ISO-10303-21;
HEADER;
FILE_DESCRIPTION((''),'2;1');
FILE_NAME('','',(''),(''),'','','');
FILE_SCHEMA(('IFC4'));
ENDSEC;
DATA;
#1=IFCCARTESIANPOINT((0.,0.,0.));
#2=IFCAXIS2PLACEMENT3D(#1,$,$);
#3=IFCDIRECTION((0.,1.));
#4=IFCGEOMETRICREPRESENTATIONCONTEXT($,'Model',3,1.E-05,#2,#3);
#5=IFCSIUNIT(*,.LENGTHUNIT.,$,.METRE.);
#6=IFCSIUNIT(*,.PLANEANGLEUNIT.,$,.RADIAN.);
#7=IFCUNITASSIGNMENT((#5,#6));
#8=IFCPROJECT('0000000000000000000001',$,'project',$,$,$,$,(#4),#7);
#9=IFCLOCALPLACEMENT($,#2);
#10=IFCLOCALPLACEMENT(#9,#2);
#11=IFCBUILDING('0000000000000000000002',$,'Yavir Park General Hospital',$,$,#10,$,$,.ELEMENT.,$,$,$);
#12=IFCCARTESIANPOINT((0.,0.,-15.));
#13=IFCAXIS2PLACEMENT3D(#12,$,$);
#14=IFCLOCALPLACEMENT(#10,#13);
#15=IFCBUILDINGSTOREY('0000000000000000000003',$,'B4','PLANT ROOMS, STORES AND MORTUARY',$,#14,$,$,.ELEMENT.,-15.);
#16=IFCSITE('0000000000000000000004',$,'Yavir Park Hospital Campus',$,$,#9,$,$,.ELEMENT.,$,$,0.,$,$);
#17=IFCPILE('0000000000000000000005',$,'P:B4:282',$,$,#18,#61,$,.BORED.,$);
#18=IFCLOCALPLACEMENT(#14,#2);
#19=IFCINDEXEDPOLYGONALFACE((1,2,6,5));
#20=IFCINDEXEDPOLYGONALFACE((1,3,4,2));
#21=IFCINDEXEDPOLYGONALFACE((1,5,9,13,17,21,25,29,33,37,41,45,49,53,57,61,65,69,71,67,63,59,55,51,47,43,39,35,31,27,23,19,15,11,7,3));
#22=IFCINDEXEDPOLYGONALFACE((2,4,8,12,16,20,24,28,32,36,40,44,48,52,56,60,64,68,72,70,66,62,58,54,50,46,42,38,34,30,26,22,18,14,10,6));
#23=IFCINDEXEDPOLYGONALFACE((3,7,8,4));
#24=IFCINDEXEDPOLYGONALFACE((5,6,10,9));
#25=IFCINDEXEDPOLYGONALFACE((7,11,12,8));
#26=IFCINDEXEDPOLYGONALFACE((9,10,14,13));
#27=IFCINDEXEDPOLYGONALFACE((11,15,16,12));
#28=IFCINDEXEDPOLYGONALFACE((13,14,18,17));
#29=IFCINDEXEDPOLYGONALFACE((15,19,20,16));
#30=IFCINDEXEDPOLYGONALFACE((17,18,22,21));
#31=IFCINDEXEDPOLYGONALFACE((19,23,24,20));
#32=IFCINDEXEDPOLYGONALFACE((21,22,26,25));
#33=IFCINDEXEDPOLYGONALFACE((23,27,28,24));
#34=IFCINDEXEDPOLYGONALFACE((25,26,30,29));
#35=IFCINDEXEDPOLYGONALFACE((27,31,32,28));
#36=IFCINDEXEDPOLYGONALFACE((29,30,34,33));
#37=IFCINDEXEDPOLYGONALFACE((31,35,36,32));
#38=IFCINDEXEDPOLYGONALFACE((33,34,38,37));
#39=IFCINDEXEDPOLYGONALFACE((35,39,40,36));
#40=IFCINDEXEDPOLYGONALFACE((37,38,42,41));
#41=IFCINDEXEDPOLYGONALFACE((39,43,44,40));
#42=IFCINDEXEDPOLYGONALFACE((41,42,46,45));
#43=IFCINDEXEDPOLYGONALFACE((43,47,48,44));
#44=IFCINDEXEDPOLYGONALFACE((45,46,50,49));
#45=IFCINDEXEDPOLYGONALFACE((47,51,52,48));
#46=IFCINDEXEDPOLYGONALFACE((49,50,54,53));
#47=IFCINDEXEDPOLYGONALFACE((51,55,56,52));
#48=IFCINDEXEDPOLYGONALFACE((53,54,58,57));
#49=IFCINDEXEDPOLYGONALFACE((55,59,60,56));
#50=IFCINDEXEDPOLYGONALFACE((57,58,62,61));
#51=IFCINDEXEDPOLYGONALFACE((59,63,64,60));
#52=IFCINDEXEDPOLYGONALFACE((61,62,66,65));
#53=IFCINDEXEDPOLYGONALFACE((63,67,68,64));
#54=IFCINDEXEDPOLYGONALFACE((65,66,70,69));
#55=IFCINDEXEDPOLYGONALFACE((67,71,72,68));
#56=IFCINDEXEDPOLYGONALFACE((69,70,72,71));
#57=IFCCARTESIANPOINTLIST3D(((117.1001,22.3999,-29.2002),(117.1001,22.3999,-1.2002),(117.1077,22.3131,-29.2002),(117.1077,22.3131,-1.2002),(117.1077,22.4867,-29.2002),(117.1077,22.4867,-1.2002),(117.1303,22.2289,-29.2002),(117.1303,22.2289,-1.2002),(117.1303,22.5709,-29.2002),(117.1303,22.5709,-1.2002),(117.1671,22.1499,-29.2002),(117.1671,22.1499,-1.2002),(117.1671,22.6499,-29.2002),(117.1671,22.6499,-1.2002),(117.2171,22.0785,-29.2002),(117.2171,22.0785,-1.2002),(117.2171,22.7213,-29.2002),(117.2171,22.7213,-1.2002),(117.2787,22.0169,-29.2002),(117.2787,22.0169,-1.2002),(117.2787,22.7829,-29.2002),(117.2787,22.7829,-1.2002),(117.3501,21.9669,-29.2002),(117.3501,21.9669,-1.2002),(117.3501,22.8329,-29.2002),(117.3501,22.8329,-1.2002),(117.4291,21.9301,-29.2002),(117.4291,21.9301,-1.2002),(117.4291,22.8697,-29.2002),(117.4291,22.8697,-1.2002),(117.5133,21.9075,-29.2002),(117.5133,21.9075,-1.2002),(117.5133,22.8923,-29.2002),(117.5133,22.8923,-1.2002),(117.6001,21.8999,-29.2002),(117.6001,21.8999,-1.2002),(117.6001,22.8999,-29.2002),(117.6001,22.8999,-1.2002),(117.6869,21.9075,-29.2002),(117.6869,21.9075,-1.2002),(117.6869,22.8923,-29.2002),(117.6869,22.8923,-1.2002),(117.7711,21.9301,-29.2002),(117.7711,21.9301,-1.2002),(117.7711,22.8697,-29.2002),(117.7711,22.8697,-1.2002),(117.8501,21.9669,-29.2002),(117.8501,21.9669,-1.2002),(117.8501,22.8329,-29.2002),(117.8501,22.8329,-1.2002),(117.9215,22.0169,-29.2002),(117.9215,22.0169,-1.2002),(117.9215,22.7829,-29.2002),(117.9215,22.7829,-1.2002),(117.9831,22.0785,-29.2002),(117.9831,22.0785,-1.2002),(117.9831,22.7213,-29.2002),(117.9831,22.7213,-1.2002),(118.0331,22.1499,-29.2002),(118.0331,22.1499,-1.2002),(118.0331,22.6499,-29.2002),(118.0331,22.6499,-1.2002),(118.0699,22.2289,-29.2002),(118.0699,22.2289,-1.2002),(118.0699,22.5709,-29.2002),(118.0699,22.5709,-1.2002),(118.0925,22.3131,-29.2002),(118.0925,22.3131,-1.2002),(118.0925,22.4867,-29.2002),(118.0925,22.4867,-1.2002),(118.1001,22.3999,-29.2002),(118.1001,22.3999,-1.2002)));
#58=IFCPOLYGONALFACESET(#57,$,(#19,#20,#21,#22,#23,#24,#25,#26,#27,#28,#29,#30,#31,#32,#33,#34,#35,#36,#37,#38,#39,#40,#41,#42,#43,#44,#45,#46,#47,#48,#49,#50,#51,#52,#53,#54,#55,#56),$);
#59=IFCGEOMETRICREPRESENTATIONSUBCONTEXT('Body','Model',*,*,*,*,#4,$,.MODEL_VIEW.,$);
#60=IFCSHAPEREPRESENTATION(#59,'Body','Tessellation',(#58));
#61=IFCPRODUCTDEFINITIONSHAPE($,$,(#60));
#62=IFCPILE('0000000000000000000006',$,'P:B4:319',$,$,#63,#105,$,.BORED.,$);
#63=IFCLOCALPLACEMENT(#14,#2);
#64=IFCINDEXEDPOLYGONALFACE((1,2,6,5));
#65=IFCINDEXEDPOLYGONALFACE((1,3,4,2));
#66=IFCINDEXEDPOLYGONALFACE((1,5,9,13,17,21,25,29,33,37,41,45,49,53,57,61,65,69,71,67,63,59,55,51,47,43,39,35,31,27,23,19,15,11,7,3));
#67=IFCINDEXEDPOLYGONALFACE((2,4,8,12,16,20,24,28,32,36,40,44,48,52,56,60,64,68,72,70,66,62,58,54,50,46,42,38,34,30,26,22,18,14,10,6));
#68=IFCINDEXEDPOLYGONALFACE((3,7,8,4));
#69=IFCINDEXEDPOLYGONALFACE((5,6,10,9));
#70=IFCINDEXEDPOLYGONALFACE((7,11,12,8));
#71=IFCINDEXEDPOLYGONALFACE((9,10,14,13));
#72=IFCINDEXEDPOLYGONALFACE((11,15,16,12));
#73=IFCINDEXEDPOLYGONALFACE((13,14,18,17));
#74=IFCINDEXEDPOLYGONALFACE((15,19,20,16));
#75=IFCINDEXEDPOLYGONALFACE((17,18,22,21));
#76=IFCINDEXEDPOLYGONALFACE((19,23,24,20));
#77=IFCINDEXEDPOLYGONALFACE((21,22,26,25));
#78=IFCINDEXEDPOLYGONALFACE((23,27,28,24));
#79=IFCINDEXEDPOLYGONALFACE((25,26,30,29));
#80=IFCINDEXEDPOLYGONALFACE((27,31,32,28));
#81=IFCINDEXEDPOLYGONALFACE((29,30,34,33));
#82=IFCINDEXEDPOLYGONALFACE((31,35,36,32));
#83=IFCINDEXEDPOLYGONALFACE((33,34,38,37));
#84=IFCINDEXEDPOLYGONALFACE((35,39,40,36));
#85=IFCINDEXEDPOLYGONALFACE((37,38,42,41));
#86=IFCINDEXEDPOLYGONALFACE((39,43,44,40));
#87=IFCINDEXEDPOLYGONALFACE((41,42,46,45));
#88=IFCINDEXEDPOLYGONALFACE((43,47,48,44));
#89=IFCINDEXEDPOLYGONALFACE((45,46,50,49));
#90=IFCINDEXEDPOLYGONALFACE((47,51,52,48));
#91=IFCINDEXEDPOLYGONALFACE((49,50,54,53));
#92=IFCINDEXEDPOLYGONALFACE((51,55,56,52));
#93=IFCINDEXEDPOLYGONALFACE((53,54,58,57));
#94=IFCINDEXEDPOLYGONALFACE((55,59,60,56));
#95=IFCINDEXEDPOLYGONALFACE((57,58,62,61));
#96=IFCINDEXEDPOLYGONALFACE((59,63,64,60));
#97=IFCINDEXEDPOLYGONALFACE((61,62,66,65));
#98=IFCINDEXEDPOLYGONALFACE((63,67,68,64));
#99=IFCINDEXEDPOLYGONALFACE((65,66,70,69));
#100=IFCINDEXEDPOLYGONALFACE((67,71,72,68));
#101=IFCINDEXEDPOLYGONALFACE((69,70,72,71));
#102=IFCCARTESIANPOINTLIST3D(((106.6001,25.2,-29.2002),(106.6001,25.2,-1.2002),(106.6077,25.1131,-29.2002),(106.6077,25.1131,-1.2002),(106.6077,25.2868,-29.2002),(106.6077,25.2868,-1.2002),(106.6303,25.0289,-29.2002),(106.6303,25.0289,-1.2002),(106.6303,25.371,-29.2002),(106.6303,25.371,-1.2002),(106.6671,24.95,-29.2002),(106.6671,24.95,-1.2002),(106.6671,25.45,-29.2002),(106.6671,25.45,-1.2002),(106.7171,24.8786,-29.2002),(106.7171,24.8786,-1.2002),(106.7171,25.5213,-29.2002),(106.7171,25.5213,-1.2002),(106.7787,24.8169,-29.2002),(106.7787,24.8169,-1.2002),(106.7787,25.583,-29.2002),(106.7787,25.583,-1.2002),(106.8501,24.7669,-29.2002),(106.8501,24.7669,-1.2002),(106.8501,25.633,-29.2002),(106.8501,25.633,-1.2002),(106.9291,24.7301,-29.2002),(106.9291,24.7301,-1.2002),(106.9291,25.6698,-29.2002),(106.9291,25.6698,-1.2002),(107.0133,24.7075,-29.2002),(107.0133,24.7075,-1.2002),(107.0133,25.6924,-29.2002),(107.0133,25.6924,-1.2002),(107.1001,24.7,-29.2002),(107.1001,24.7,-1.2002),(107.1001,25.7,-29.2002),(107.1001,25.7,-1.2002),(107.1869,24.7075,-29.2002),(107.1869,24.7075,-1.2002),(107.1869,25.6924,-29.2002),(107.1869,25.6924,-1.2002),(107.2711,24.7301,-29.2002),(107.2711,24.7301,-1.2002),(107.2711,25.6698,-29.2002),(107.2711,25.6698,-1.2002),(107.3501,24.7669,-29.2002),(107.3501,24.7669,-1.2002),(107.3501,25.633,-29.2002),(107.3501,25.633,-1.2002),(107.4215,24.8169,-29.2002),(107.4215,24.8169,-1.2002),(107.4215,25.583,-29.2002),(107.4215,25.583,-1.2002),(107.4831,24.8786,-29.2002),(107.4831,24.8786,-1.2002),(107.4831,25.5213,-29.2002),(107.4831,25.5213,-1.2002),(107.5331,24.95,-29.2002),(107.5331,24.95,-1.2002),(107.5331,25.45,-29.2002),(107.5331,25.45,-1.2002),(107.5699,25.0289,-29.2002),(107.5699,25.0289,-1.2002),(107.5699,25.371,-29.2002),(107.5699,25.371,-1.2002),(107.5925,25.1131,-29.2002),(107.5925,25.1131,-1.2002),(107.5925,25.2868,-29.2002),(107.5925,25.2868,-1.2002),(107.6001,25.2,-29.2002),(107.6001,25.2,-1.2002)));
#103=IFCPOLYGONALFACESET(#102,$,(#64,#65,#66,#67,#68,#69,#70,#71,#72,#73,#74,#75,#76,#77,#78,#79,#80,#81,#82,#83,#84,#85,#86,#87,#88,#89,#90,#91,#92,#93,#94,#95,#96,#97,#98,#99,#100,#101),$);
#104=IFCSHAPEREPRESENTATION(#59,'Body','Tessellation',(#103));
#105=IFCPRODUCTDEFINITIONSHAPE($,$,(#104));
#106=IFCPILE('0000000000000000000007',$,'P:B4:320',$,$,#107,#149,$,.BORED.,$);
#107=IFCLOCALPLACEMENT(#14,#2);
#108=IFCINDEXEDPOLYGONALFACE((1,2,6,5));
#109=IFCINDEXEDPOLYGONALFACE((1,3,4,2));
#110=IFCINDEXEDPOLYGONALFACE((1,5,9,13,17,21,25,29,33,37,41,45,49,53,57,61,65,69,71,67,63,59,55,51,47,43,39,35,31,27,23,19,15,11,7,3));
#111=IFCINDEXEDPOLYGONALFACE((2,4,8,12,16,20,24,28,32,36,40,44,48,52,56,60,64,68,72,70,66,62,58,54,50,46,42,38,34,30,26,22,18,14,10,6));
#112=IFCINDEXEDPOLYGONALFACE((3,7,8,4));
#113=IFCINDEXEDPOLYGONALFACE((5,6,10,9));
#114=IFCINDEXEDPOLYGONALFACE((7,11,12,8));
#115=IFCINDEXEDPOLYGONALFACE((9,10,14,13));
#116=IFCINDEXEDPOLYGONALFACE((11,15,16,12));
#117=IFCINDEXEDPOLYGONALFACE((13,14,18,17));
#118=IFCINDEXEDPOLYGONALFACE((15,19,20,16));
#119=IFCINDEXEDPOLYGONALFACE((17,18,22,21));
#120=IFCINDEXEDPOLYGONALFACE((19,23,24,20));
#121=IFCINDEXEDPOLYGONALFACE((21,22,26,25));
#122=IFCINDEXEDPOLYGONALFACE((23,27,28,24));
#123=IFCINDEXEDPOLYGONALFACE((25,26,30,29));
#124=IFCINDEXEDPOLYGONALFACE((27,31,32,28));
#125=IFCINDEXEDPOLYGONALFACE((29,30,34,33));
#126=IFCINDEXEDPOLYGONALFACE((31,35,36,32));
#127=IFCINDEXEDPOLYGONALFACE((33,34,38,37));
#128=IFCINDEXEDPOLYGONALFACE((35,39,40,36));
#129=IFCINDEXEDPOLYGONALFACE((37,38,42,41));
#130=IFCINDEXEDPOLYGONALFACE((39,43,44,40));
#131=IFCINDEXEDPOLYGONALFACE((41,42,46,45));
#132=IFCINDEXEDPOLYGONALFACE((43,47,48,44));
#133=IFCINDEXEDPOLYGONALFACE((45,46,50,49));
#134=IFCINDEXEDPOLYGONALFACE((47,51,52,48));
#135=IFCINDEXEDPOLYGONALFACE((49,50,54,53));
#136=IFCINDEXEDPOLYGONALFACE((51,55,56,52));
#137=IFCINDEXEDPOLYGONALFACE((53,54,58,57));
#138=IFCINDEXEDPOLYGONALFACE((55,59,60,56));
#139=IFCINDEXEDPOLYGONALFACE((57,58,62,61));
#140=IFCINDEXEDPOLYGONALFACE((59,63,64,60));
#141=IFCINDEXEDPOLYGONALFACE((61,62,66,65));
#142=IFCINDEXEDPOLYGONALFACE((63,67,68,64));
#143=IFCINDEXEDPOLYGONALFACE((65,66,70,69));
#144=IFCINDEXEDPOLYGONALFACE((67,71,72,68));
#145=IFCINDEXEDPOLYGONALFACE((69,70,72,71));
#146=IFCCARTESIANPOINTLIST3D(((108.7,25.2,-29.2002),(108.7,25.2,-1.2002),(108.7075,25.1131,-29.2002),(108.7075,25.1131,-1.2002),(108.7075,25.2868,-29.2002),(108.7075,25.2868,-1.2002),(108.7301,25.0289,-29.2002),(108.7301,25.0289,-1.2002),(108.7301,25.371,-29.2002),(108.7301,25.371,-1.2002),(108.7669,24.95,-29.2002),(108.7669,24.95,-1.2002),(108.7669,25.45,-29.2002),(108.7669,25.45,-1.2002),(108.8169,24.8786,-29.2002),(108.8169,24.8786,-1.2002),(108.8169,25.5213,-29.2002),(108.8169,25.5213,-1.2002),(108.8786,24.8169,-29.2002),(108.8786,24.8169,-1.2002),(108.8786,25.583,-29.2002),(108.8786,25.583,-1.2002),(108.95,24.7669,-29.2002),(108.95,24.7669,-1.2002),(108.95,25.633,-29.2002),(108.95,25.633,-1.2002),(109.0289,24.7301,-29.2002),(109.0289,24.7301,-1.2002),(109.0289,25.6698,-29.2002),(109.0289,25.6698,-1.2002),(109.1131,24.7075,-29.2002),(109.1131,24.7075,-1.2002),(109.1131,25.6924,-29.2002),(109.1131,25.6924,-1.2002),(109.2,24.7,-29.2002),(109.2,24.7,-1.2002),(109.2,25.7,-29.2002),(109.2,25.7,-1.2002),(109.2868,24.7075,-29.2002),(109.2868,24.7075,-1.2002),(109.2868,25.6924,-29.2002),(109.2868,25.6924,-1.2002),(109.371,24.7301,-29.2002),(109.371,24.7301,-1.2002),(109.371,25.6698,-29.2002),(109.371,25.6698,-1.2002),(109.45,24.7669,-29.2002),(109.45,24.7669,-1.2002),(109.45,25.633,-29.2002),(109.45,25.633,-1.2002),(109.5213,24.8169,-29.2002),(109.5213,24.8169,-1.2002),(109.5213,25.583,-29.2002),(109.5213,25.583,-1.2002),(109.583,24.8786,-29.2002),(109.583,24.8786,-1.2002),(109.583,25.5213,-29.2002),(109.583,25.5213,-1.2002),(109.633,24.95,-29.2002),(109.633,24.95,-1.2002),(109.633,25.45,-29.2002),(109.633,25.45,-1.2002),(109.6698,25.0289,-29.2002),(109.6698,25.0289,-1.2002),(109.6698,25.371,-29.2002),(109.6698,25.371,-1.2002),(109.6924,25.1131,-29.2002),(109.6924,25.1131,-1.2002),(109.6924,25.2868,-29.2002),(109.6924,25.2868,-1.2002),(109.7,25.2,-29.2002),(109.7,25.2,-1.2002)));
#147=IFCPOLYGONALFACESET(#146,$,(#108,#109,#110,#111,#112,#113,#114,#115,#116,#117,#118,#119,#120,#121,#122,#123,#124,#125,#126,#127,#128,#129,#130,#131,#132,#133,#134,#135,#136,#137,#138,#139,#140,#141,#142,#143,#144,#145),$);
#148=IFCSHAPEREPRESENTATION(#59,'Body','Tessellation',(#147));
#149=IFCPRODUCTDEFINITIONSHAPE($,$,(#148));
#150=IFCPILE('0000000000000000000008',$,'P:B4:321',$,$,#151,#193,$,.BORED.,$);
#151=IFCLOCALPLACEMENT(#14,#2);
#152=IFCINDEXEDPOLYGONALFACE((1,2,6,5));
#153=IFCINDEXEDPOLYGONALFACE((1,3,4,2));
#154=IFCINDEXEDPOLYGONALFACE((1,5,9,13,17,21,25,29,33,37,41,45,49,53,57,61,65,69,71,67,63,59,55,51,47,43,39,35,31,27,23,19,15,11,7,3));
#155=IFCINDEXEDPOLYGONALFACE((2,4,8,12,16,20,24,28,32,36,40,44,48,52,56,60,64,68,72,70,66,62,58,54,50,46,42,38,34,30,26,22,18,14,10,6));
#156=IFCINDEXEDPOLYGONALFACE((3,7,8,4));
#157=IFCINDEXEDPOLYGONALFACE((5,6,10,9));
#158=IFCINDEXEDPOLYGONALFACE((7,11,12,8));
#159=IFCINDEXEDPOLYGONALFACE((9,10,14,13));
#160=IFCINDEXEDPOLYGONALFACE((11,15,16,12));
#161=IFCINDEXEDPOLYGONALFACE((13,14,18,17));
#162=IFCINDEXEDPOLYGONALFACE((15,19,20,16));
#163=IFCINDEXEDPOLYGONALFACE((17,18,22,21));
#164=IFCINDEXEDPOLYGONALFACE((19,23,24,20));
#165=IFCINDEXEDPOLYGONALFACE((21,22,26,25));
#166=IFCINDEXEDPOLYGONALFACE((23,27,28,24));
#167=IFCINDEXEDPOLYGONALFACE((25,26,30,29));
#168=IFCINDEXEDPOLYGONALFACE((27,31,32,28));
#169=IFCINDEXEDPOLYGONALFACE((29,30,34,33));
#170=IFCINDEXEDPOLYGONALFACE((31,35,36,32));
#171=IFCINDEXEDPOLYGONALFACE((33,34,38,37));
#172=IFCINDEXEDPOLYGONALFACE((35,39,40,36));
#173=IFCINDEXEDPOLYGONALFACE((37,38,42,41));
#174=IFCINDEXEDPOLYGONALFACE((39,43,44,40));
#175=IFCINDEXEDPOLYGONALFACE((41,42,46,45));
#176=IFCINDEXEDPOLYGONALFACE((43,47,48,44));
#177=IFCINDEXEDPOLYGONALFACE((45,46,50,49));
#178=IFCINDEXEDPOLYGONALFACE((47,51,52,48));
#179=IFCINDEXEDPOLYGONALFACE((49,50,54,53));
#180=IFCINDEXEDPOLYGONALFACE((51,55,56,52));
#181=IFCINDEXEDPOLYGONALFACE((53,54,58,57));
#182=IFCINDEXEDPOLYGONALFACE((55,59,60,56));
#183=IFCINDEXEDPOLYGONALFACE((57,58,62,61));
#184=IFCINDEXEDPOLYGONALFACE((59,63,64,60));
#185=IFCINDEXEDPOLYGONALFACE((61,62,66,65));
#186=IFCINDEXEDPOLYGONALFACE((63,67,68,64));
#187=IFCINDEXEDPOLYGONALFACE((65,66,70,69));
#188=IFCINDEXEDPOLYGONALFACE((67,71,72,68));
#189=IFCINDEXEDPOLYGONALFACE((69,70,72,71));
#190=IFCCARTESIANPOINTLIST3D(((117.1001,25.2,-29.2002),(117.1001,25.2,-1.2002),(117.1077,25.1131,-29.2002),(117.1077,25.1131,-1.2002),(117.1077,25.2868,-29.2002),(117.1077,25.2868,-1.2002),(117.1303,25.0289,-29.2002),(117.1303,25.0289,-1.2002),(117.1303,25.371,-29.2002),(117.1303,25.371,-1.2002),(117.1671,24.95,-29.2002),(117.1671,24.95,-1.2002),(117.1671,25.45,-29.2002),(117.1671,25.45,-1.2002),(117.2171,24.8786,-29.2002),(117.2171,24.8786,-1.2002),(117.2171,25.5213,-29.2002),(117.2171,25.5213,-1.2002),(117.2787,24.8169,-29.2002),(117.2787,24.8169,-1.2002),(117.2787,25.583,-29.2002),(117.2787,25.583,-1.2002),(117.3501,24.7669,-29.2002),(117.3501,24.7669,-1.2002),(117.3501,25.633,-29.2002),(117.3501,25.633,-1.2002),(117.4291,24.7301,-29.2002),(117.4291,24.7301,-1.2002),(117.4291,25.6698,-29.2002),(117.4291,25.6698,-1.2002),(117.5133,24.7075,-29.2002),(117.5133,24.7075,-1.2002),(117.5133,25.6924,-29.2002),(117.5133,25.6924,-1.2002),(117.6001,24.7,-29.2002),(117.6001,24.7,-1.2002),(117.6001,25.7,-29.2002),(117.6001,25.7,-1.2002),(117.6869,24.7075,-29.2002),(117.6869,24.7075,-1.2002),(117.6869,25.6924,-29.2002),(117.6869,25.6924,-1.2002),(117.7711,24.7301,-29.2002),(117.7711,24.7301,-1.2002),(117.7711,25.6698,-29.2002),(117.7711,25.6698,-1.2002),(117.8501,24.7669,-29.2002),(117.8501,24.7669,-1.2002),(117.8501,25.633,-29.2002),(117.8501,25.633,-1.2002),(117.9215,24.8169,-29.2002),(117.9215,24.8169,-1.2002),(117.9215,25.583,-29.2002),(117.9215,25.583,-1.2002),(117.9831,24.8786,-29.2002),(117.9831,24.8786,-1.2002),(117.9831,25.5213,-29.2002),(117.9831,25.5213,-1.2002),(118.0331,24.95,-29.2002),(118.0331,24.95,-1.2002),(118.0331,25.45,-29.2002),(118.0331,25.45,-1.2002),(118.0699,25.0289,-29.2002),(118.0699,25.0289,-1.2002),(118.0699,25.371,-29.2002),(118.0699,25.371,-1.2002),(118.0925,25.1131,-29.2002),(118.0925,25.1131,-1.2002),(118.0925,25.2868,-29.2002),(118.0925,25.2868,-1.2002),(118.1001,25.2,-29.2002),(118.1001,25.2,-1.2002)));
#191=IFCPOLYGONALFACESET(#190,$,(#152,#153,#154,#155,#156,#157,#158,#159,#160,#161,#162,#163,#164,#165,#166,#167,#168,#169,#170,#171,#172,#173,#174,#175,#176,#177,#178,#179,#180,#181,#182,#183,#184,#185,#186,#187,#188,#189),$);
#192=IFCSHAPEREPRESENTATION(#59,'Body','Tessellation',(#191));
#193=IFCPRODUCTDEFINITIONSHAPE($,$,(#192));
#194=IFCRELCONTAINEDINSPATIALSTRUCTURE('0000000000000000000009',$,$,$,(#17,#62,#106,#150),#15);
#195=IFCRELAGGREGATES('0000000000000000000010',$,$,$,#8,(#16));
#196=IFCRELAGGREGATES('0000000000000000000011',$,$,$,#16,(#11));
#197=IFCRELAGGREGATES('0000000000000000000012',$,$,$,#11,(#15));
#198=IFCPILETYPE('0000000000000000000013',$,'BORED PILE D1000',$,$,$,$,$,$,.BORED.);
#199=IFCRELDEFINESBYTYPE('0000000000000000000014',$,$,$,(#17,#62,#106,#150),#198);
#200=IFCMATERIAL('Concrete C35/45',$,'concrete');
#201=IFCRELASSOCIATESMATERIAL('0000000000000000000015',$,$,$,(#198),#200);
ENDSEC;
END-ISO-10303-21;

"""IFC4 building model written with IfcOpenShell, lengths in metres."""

from ifc_helpers import new_model, si_unit, direction, frame, origin, origin_2d, place, context, subcontext, project, spatial, circle, extrude, material, material_profile, profile_set, type_object, element, save


model = new_model("IFC4")

# Units and contexts
model_context = context("Model", 3, precision=1e-05, world=origin(), true_north=direction((0.0, 1.0)))
body_context = subcontext(model_context, "Body", "Model", "MODEL_VIEW")
ifc_project = project(units=[si_unit("LENGTHUNIT", "METRE"), si_unit("PLANEANGLEUNIT", "RADIAN")], contexts=[model_context])

# Site, building, storey
site_placement = place(None, origin())
site = spatial("IfcSite", under=ifc_project, at=site_placement, Name="Yavir Park Hospital Campus", CompositionType="ELEMENT", RefElevation=0.0)
building_placement = place(site_placement, origin())
building = spatial("IfcBuilding", under=site, at=building_placement, Name="Yavir Park General Hospital", CompositionType="ELEMENT")
storey_placement = place(building_placement, frame((0.0, 0.0, -15.0)))
storey = spatial("IfcBuildingStorey", under=building, at=storey_placement, Name="B4", Description="PLANT ROOMS, STORES AND MORTUARY", CompositionType="ELEMENT", Elevation=-15.0)

# Piles
ifc_material_1 = material(Name="Concrete C35/45", Category="concrete")
ifc_material_profile_1 = material_profile(ifc_material_1, circle(Radius=0.5, at=origin_2d()), Name="D1000")
ifc_profile_set_1 = profile_set([ifc_material_profile_1], Name="Concrete C35/45")
pile_type_1 = type_object("IfcPileType", Name="BORED PILE D1000", PredefinedType="BORED", material=ifc_profile_set_1)
for number, where, z_axis, x_axis, name in (
    (1, (117.6001, 22.3999, -1.2002), (0.0, 0.0, -1.0), (1.0, 0.0, 0.0), "P:B4:282"),
    (2, (107.1001, 25.2, -1.2002), (0.0, 0.0, -1.0), (1.0, 0.0, 0.0), "P:B4:319"),
    (3, (109.2, 25.2, -1.2002), (0.0, 0.0, -1.0), (1.0, 0.0, 0.0), "P:B4:320"),
    (4, (117.6001, 25.2, -1.2002), (0.0, 0.0, -1.0), (1.0, 0.0, 0.0), "P:B4:321"),
):
    element("IfcPile", number, at=place(storey_placement, frame(where, z_axis=z_axis, x_axis=x_axis)), inside=storey, type_object=pile_type_1, Name=name, PredefinedType="BORED", context=body_context, shape_type="SweptSolid", body=[
        extrude(circle(Radius=0.5, at=origin_2d()), origin(), (0.0, 0.0, 1.0), 28.0),
    ])

save(model, "model.ifc")
